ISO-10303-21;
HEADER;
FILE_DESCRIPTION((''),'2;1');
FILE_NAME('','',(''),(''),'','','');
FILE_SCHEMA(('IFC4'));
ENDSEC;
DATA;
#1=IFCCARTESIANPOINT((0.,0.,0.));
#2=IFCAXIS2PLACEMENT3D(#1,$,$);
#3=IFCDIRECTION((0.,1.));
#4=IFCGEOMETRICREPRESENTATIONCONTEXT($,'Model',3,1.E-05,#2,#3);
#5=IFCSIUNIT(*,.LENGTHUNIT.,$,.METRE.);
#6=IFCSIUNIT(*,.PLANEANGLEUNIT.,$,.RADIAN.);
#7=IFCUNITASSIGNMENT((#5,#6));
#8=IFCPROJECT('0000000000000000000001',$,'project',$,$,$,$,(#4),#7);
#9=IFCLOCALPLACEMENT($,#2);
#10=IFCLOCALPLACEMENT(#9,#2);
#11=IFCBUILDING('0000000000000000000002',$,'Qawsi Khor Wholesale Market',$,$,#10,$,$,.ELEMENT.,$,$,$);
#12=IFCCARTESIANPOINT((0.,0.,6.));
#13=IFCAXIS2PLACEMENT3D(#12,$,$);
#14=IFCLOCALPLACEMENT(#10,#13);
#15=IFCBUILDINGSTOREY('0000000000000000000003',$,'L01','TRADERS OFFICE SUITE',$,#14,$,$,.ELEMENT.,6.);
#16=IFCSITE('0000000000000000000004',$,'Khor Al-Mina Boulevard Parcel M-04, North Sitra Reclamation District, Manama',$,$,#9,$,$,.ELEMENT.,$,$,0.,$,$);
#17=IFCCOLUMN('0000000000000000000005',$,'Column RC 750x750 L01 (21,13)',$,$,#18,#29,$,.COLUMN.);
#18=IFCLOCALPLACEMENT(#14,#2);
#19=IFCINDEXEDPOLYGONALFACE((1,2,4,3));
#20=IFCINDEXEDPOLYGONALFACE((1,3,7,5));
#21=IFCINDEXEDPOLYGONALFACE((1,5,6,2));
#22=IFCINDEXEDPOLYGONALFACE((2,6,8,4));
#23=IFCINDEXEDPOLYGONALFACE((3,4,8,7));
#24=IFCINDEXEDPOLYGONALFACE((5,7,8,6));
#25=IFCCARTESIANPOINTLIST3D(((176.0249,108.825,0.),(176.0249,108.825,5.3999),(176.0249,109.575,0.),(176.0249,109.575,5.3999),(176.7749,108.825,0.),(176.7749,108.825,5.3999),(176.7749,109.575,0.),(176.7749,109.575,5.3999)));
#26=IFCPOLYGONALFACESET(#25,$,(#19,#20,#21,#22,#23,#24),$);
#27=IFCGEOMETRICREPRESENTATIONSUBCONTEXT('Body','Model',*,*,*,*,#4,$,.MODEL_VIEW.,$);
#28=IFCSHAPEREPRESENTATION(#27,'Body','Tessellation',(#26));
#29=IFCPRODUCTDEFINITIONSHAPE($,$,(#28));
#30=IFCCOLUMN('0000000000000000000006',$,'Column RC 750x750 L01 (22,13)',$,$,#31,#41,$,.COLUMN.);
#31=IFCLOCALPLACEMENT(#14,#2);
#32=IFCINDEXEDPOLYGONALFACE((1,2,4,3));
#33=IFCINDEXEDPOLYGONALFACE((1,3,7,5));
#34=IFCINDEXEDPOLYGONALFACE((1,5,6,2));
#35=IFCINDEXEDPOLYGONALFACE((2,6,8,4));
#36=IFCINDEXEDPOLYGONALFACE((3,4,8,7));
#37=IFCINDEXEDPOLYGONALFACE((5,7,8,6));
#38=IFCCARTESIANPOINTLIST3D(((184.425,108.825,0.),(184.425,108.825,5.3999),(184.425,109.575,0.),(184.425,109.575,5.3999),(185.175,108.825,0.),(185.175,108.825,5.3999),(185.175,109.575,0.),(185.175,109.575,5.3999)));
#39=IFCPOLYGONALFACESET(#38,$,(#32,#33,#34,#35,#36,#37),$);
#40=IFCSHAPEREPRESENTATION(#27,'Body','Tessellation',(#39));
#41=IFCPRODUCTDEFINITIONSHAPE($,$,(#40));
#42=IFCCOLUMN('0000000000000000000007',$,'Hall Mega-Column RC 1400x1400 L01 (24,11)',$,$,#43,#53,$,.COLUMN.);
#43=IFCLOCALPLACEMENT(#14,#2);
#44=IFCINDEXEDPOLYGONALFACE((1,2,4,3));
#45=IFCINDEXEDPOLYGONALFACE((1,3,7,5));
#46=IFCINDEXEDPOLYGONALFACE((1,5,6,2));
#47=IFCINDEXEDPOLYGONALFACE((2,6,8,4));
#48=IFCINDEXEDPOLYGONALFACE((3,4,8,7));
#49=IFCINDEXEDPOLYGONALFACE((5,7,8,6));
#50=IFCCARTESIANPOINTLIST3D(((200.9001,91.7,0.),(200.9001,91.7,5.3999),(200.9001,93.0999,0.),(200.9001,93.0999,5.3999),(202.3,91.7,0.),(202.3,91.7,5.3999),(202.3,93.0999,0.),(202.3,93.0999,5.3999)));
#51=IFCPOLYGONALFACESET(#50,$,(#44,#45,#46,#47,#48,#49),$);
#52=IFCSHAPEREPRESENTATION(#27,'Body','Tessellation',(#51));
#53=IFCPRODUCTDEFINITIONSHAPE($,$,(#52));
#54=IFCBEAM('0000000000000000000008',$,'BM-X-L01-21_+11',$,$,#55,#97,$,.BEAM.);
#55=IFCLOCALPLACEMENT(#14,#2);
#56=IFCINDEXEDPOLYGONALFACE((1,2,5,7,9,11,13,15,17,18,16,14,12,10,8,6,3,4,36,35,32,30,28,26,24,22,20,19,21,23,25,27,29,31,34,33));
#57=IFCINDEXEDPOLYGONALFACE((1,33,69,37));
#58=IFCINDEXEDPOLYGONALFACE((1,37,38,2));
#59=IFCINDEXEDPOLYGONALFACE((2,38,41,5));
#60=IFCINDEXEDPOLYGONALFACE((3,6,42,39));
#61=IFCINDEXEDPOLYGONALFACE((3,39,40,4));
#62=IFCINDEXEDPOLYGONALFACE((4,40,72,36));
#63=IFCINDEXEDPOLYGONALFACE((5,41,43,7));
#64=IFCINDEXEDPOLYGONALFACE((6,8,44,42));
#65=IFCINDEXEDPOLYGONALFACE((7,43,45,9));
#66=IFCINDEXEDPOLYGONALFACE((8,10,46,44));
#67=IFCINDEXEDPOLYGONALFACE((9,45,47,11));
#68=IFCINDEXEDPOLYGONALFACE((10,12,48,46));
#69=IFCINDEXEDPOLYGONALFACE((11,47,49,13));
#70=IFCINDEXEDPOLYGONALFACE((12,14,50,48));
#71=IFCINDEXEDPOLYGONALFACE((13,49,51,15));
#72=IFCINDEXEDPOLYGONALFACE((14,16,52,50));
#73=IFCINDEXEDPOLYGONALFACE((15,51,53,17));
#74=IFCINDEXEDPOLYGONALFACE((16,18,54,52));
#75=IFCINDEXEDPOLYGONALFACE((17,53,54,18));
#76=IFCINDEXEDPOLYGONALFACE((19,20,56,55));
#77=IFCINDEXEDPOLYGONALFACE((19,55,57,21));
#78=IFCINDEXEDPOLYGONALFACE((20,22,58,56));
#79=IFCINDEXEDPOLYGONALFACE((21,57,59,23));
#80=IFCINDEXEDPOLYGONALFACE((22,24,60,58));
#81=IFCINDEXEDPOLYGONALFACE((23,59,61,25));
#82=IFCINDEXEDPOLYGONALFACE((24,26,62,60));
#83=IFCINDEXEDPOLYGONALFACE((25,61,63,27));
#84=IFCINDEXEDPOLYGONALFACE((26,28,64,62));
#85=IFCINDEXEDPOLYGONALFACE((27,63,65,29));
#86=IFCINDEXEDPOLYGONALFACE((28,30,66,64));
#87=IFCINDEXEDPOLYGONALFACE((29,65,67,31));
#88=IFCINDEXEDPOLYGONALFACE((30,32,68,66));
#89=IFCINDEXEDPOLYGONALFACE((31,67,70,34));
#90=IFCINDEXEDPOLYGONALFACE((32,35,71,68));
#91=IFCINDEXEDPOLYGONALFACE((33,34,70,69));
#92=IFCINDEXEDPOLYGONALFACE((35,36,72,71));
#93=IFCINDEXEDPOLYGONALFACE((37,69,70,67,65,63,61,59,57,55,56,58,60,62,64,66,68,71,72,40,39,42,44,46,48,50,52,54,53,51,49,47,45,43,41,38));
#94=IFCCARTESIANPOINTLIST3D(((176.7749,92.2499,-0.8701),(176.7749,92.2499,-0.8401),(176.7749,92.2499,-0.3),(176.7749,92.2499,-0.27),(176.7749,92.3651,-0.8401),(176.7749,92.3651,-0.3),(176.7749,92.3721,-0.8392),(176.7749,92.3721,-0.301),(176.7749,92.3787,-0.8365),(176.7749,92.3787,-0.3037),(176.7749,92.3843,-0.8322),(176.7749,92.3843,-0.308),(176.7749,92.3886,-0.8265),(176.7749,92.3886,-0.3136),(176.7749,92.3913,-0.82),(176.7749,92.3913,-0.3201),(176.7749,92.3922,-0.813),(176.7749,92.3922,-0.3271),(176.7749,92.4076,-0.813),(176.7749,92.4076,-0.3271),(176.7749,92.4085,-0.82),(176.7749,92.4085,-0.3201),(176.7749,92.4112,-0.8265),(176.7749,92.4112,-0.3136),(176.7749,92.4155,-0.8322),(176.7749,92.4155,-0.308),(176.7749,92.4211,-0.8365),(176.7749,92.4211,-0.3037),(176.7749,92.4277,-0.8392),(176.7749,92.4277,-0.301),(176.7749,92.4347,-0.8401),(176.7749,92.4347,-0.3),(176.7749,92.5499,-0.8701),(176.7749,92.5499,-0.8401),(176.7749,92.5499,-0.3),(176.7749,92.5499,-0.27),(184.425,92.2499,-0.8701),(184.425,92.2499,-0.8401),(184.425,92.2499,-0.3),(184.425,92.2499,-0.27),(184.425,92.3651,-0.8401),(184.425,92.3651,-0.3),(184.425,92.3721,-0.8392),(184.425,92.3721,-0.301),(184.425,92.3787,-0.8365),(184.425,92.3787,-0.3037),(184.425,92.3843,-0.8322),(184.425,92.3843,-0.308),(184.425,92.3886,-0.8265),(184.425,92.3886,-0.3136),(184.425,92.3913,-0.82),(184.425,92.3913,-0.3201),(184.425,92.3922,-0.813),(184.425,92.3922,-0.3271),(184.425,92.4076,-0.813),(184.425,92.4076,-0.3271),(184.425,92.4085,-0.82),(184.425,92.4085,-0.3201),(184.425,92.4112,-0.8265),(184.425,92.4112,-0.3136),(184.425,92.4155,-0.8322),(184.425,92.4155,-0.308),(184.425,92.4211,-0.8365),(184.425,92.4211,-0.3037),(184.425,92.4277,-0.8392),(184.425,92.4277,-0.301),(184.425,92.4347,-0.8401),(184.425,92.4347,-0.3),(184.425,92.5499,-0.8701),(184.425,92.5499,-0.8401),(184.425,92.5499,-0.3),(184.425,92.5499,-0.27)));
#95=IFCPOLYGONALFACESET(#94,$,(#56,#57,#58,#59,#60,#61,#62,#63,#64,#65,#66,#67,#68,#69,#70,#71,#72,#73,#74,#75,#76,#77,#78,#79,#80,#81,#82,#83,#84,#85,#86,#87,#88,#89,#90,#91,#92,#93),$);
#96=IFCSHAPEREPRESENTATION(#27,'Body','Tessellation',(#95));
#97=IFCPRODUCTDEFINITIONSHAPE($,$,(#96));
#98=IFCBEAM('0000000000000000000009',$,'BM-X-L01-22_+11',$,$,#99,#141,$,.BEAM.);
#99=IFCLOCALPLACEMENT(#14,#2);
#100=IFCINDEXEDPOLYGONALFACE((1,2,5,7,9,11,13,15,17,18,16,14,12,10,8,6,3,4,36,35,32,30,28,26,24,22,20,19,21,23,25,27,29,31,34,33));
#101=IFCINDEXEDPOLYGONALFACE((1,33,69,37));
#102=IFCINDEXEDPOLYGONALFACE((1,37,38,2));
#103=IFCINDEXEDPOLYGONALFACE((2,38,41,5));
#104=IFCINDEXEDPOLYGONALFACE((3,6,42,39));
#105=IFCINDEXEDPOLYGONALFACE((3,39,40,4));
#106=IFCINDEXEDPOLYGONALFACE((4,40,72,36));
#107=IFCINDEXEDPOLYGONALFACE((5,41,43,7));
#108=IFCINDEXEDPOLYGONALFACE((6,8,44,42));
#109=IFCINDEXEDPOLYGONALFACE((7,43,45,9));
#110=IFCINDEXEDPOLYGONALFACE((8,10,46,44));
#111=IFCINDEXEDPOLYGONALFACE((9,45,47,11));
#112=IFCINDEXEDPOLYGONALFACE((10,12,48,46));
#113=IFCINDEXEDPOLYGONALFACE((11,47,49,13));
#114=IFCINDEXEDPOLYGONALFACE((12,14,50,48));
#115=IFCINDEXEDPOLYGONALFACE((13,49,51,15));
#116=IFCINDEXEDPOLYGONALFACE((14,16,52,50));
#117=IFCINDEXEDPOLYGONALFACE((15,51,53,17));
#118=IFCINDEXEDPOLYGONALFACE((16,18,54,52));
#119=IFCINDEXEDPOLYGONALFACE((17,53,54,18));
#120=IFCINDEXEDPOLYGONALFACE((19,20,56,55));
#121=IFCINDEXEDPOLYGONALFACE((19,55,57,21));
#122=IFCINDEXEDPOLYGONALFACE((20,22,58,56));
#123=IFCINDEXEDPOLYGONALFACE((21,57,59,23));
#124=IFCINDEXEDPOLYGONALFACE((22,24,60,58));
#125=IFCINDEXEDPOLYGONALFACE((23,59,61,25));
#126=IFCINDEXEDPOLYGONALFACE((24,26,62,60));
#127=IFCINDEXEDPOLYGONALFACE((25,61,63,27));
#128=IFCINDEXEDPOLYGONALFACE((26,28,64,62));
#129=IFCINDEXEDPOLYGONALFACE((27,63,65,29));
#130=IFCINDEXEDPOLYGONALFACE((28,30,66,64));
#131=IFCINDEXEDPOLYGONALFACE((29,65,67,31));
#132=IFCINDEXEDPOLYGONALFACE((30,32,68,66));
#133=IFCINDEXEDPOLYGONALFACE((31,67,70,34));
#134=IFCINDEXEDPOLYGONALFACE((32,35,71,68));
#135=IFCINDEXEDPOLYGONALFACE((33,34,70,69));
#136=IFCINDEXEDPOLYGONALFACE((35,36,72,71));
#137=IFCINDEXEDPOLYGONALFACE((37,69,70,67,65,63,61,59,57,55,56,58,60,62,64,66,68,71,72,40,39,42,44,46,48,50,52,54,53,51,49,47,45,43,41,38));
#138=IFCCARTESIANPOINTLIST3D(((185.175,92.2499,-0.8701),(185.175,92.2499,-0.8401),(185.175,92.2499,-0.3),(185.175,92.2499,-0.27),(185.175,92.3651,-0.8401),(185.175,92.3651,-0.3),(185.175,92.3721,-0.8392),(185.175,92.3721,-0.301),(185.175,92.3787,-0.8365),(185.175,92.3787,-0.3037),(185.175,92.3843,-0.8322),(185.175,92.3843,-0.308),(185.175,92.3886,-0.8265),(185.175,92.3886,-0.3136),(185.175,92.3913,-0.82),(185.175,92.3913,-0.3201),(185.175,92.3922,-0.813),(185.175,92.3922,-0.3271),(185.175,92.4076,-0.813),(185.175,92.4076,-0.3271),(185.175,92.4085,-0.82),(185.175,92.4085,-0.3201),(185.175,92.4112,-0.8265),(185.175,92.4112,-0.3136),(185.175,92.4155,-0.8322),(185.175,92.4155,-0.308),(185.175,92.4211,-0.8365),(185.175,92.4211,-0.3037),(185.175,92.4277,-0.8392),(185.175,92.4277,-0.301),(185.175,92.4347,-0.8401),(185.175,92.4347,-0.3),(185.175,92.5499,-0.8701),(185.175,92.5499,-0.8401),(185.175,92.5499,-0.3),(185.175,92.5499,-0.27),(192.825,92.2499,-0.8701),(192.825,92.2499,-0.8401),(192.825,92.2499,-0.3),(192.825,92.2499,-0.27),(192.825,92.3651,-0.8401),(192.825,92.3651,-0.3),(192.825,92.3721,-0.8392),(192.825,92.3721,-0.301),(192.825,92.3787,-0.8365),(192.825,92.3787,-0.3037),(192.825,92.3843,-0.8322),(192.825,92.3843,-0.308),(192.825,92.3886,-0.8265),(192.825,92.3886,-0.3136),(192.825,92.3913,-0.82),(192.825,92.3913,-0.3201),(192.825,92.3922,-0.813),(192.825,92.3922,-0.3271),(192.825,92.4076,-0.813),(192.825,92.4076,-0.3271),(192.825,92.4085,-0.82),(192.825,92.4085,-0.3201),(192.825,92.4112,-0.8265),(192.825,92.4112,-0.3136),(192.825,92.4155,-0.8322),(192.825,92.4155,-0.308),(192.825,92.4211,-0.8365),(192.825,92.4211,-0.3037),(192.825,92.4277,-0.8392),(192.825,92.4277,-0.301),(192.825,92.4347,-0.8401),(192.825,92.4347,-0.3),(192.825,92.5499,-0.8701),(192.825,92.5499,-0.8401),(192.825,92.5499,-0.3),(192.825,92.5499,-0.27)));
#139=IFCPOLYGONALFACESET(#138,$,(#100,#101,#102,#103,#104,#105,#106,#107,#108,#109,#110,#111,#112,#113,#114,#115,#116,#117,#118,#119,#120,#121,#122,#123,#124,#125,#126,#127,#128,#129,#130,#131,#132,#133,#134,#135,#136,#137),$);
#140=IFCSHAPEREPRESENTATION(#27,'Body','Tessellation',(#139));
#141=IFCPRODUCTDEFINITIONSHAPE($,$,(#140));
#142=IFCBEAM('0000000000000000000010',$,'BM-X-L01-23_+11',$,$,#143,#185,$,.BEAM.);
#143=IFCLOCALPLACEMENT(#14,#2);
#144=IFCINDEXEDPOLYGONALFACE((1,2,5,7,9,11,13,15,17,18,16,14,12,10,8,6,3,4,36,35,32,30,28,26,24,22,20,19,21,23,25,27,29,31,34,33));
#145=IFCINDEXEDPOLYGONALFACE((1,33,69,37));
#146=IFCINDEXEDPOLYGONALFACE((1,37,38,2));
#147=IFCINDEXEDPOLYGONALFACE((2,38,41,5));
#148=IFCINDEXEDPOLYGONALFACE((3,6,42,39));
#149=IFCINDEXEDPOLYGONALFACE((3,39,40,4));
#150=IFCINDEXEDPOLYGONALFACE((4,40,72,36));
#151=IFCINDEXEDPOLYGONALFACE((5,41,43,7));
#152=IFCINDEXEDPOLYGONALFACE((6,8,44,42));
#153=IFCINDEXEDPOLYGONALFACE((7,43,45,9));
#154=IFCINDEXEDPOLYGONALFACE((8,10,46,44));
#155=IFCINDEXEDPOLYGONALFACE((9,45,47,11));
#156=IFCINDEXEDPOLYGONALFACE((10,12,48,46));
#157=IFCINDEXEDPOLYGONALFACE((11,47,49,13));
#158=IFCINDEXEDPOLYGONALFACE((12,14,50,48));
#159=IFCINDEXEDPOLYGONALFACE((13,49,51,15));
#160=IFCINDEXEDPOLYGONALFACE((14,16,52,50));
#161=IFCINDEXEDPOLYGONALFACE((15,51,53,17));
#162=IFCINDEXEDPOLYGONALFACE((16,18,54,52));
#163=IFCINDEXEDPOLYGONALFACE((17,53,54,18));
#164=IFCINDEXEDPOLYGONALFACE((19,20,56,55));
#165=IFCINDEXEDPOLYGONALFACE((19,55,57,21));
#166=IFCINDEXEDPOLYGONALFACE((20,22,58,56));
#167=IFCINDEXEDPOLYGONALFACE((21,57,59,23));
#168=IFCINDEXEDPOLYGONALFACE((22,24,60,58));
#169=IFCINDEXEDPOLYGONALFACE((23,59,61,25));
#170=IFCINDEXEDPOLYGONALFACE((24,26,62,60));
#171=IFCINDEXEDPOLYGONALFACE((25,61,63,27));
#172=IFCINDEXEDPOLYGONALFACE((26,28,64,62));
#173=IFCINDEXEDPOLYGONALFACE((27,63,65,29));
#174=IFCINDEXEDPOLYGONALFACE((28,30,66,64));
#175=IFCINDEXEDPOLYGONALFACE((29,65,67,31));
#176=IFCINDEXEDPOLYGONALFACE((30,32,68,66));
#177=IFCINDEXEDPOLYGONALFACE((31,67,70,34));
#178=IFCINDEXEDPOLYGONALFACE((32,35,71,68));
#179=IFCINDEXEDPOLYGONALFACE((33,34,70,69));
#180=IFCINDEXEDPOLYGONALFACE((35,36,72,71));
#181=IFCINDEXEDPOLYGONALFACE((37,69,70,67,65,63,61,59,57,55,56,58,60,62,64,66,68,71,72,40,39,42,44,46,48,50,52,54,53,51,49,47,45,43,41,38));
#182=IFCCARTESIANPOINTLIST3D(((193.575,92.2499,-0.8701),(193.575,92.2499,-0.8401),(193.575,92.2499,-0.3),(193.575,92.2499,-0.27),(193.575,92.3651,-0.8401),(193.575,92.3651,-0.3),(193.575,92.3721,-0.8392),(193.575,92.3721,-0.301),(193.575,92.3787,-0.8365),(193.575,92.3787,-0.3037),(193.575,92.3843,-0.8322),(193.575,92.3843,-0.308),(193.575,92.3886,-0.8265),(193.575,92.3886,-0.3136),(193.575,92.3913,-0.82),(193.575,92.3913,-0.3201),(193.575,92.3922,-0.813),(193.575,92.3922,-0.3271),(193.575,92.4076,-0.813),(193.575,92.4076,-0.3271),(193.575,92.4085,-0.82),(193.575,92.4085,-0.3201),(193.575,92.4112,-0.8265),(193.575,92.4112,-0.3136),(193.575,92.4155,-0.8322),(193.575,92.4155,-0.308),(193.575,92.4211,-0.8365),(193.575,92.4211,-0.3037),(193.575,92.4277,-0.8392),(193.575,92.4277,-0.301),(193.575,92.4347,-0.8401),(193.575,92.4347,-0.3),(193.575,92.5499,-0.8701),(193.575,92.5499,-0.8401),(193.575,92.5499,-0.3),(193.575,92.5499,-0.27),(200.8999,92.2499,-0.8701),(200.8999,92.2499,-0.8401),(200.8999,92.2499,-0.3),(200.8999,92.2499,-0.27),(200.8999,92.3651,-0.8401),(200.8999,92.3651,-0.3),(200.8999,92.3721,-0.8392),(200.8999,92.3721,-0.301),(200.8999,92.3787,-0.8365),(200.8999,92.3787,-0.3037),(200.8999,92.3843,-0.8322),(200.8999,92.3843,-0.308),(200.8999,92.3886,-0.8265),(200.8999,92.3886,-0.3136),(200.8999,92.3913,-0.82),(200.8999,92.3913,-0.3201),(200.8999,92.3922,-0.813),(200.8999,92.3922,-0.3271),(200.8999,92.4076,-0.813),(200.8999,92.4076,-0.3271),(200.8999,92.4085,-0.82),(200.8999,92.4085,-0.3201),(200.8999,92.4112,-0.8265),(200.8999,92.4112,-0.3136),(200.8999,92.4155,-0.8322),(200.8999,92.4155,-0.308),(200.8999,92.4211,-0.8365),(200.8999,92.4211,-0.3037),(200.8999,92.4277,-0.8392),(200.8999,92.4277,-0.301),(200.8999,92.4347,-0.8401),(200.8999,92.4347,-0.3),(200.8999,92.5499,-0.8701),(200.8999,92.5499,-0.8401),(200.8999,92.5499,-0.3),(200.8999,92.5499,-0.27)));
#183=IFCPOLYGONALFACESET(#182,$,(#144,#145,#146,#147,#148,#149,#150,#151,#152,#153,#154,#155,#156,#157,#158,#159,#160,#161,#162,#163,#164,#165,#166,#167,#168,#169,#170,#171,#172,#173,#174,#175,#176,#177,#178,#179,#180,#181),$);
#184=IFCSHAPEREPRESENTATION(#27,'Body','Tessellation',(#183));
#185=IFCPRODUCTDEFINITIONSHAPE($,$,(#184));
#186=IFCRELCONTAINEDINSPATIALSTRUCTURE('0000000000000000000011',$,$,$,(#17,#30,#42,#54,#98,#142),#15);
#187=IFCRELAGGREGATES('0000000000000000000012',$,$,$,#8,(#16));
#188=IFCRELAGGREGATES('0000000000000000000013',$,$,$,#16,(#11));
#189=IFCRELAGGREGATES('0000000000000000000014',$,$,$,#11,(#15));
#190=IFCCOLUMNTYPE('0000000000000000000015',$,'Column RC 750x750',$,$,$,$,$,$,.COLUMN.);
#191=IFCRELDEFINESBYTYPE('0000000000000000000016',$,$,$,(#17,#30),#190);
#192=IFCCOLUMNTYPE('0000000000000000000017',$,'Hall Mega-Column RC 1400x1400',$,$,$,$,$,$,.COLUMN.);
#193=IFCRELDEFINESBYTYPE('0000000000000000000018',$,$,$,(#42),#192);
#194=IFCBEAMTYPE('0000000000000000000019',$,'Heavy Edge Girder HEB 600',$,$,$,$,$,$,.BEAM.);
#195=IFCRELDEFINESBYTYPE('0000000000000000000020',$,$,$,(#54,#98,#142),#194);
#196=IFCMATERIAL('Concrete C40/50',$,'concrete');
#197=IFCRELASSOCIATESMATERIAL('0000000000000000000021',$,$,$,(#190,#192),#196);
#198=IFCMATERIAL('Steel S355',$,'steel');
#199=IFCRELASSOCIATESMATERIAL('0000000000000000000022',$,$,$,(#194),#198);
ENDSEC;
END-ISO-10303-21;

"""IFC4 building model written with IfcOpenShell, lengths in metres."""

from ifc_helpers import new_model, si_unit, direction, frame, origin, origin_2d, place, context, subcontext, project, spatial, rectangle, i_section, extrude, material, material_profile, profile_set, type_object, element, save


model = new_model("IFC4")

# Units and contexts
model_context = context("Model", 3, precision=1e-05, world=origin(), true_north=direction((0.0, 1.0)))
body_context = subcontext(model_context, "Body", "Model", "MODEL_VIEW")
ifc_project = project(units=[si_unit("LENGTHUNIT", "METRE"), si_unit("PLANEANGLEUNIT", "RADIAN")], contexts=[model_context])

# Site, building, storey
site_placement = place(None, origin())
site = spatial("IfcSite", under=ifc_project, at=site_placement, Name="Khor Al-Mina Boulevard Parcel M-04, North Sitra Reclamation District, Manama", CompositionType="ELEMENT", RefElevation=0.0)
building_placement = place(site_placement, origin())
building = spatial("IfcBuilding", under=site, at=building_placement, Name="Qawsi Khor Wholesale Market", CompositionType="ELEMENT")
storey_placement = place(building_placement, frame((0.0, 0.0, 6.0)))
storey = spatial("IfcBuildingStorey", under=building, at=storey_placement, Name="L01", Description="TRADERS OFFICE SUITE", CompositionType="ELEMENT", Elevation=6.0)

# Columns
ifc_material_1 = material(Name="Concrete C40/50", Category="concrete")
ifc_material_profile_1 = material_profile(ifc_material_1, rectangle(XDim=0.75, YDim=0.75, at=origin_2d()), Name="RC 750x750")
ifc_profile_set_1 = profile_set([ifc_material_profile_1], Name="Concrete C40/50")
column_type_1 = type_object("IfcColumnType", Name="Column RC 750x750", PredefinedType="COLUMN", material=ifc_profile_set_1)
for number, where, z_axis, x_axis, name in (
    (1, (176.3999, 109.2, 0.0), (0.0, 0.0, 1.0), (1.0, 0.0, 0.0), "Column RC 750x750 L01 (21,13)"),
    (2, (184.8, 109.2, 0.0), (0.0, 0.0, 1.0), (1.0, 0.0, 0.0), "Column RC 750x750 L01 (22,13)"),
):
    element("IfcColumn", number, at=place(storey_placement, frame(where, z_axis=z_axis, x_axis=x_axis)), inside=storey, type_object=column_type_1, Name=name, PredefinedType="COLUMN", context=body_context, shape_type="SweptSolid", body=[
        extrude(rectangle(XDim=0.75, YDim=0.75, at=origin_2d()), origin(), (0.0, 0.0, 1.0), 5.3999),
    ])
ifc_material_profile_2 = material_profile(ifc_material_1, rectangle(XDim=1.3999, YDim=1.3999, at=origin_2d()), Name="RC 1400x1400")
ifc_profile_set_2 = profile_set([ifc_material_profile_2], Name="Concrete C40/50")
column_type_2 = type_object("IfcColumnType", Name="Hall Mega-Column RC 1400x1400", PredefinedType="COLUMN", material=ifc_profile_set_2)
column_placement = place(storey_placement, frame((201.6001, 92.3999, 0.0), z_axis=(0.0, 0.0, 1.0), x_axis=(1.0, 0.0, 0.0)))
element("IfcColumn", 3, at=column_placement, inside=storey, type_object=column_type_2, Name="Hall Mega-Column RC 1400x1400 L01 (24,11)", PredefinedType="COLUMN", context=body_context, shape_type="SweptSolid", body=[
    extrude(rectangle(XDim=1.3999, YDim=1.3999, at=origin_2d()), origin(), (0.0, 0.0, 1.0), 5.3999),
])

# Beams
ifc_material_2 = material(Name="Steel S355", Category="steel")
ifc_material_profile_3 = material_profile(ifc_material_2, i_section(OverallWidth=0.3, OverallDepth=0.6001, WebThickness=0.0154, FlangeThickness=0.03, FilletRadius=0.0271, at=origin_2d()), Name="HEB 600")
ifc_profile_set_3 = profile_set([ifc_material_profile_3], Name="Steel S355")
beam_type_1 = type_object("IfcBeamType", Name="Heavy Edge Girder HEB 600", PredefinedType="BEAM", material=ifc_profile_set_3)
beam_1_placement = place(storey_placement, frame((176.7749, 92.3999, -0.5701), z_axis=(1.0, 0.0, 0.0), x_axis=(0.0, 1.0, 0.0)))
element("IfcBeam", 4, at=beam_1_placement, inside=storey, type_object=beam_type_1, Name="BM-X-L01-21_+11", PredefinedType="BEAM", context=body_context, shape_type="SweptSolid", body=[
    extrude(i_section(OverallWidth=0.3, OverallDepth=0.6001, WebThickness=0.0154, FlangeThickness=0.03, FilletRadius=0.0271, at=origin_2d()), origin(), (0.0, 0.0, 1.0), 7.6501),
])
beam_2_placement = place(storey_placement, frame((185.175, 92.3999, -0.5701), z_axis=(1.0, 0.0, 0.0), x_axis=(0.0, 1.0, 0.0)))
element("IfcBeam", 5, at=beam_2_placement, inside=storey, type_object=beam_type_1, Name="BM-X-L01-22_+11", PredefinedType="BEAM", context=body_context, shape_type="SweptSolid", body=[
    extrude(i_section(OverallWidth=0.3, OverallDepth=0.6001, WebThickness=0.0154, FlangeThickness=0.03, FilletRadius=0.0271, at=origin_2d()), origin(), (0.0, 0.0, 1.0), 7.6499),
])
beam_3_placement = place(storey_placement, frame((193.575, 92.3999, -0.5701), z_axis=(1.0, 0.0, 0.0), x_axis=(0.0, 1.0, 0.0)))
element("IfcBeam", 6, at=beam_3_placement, inside=storey, type_object=beam_type_1, Name="BM-X-L01-23_+11", PredefinedType="BEAM", context=body_context, shape_type="SweptSolid", body=[
    extrude(i_section(OverallWidth=0.3, OverallDepth=0.6001, WebThickness=0.0154, FlangeThickness=0.03, FilletRadius=0.0271, at=origin_2d()), origin(), (0.0, 0.0, 1.0), 7.325),
])

save(model, "model.ifc")
